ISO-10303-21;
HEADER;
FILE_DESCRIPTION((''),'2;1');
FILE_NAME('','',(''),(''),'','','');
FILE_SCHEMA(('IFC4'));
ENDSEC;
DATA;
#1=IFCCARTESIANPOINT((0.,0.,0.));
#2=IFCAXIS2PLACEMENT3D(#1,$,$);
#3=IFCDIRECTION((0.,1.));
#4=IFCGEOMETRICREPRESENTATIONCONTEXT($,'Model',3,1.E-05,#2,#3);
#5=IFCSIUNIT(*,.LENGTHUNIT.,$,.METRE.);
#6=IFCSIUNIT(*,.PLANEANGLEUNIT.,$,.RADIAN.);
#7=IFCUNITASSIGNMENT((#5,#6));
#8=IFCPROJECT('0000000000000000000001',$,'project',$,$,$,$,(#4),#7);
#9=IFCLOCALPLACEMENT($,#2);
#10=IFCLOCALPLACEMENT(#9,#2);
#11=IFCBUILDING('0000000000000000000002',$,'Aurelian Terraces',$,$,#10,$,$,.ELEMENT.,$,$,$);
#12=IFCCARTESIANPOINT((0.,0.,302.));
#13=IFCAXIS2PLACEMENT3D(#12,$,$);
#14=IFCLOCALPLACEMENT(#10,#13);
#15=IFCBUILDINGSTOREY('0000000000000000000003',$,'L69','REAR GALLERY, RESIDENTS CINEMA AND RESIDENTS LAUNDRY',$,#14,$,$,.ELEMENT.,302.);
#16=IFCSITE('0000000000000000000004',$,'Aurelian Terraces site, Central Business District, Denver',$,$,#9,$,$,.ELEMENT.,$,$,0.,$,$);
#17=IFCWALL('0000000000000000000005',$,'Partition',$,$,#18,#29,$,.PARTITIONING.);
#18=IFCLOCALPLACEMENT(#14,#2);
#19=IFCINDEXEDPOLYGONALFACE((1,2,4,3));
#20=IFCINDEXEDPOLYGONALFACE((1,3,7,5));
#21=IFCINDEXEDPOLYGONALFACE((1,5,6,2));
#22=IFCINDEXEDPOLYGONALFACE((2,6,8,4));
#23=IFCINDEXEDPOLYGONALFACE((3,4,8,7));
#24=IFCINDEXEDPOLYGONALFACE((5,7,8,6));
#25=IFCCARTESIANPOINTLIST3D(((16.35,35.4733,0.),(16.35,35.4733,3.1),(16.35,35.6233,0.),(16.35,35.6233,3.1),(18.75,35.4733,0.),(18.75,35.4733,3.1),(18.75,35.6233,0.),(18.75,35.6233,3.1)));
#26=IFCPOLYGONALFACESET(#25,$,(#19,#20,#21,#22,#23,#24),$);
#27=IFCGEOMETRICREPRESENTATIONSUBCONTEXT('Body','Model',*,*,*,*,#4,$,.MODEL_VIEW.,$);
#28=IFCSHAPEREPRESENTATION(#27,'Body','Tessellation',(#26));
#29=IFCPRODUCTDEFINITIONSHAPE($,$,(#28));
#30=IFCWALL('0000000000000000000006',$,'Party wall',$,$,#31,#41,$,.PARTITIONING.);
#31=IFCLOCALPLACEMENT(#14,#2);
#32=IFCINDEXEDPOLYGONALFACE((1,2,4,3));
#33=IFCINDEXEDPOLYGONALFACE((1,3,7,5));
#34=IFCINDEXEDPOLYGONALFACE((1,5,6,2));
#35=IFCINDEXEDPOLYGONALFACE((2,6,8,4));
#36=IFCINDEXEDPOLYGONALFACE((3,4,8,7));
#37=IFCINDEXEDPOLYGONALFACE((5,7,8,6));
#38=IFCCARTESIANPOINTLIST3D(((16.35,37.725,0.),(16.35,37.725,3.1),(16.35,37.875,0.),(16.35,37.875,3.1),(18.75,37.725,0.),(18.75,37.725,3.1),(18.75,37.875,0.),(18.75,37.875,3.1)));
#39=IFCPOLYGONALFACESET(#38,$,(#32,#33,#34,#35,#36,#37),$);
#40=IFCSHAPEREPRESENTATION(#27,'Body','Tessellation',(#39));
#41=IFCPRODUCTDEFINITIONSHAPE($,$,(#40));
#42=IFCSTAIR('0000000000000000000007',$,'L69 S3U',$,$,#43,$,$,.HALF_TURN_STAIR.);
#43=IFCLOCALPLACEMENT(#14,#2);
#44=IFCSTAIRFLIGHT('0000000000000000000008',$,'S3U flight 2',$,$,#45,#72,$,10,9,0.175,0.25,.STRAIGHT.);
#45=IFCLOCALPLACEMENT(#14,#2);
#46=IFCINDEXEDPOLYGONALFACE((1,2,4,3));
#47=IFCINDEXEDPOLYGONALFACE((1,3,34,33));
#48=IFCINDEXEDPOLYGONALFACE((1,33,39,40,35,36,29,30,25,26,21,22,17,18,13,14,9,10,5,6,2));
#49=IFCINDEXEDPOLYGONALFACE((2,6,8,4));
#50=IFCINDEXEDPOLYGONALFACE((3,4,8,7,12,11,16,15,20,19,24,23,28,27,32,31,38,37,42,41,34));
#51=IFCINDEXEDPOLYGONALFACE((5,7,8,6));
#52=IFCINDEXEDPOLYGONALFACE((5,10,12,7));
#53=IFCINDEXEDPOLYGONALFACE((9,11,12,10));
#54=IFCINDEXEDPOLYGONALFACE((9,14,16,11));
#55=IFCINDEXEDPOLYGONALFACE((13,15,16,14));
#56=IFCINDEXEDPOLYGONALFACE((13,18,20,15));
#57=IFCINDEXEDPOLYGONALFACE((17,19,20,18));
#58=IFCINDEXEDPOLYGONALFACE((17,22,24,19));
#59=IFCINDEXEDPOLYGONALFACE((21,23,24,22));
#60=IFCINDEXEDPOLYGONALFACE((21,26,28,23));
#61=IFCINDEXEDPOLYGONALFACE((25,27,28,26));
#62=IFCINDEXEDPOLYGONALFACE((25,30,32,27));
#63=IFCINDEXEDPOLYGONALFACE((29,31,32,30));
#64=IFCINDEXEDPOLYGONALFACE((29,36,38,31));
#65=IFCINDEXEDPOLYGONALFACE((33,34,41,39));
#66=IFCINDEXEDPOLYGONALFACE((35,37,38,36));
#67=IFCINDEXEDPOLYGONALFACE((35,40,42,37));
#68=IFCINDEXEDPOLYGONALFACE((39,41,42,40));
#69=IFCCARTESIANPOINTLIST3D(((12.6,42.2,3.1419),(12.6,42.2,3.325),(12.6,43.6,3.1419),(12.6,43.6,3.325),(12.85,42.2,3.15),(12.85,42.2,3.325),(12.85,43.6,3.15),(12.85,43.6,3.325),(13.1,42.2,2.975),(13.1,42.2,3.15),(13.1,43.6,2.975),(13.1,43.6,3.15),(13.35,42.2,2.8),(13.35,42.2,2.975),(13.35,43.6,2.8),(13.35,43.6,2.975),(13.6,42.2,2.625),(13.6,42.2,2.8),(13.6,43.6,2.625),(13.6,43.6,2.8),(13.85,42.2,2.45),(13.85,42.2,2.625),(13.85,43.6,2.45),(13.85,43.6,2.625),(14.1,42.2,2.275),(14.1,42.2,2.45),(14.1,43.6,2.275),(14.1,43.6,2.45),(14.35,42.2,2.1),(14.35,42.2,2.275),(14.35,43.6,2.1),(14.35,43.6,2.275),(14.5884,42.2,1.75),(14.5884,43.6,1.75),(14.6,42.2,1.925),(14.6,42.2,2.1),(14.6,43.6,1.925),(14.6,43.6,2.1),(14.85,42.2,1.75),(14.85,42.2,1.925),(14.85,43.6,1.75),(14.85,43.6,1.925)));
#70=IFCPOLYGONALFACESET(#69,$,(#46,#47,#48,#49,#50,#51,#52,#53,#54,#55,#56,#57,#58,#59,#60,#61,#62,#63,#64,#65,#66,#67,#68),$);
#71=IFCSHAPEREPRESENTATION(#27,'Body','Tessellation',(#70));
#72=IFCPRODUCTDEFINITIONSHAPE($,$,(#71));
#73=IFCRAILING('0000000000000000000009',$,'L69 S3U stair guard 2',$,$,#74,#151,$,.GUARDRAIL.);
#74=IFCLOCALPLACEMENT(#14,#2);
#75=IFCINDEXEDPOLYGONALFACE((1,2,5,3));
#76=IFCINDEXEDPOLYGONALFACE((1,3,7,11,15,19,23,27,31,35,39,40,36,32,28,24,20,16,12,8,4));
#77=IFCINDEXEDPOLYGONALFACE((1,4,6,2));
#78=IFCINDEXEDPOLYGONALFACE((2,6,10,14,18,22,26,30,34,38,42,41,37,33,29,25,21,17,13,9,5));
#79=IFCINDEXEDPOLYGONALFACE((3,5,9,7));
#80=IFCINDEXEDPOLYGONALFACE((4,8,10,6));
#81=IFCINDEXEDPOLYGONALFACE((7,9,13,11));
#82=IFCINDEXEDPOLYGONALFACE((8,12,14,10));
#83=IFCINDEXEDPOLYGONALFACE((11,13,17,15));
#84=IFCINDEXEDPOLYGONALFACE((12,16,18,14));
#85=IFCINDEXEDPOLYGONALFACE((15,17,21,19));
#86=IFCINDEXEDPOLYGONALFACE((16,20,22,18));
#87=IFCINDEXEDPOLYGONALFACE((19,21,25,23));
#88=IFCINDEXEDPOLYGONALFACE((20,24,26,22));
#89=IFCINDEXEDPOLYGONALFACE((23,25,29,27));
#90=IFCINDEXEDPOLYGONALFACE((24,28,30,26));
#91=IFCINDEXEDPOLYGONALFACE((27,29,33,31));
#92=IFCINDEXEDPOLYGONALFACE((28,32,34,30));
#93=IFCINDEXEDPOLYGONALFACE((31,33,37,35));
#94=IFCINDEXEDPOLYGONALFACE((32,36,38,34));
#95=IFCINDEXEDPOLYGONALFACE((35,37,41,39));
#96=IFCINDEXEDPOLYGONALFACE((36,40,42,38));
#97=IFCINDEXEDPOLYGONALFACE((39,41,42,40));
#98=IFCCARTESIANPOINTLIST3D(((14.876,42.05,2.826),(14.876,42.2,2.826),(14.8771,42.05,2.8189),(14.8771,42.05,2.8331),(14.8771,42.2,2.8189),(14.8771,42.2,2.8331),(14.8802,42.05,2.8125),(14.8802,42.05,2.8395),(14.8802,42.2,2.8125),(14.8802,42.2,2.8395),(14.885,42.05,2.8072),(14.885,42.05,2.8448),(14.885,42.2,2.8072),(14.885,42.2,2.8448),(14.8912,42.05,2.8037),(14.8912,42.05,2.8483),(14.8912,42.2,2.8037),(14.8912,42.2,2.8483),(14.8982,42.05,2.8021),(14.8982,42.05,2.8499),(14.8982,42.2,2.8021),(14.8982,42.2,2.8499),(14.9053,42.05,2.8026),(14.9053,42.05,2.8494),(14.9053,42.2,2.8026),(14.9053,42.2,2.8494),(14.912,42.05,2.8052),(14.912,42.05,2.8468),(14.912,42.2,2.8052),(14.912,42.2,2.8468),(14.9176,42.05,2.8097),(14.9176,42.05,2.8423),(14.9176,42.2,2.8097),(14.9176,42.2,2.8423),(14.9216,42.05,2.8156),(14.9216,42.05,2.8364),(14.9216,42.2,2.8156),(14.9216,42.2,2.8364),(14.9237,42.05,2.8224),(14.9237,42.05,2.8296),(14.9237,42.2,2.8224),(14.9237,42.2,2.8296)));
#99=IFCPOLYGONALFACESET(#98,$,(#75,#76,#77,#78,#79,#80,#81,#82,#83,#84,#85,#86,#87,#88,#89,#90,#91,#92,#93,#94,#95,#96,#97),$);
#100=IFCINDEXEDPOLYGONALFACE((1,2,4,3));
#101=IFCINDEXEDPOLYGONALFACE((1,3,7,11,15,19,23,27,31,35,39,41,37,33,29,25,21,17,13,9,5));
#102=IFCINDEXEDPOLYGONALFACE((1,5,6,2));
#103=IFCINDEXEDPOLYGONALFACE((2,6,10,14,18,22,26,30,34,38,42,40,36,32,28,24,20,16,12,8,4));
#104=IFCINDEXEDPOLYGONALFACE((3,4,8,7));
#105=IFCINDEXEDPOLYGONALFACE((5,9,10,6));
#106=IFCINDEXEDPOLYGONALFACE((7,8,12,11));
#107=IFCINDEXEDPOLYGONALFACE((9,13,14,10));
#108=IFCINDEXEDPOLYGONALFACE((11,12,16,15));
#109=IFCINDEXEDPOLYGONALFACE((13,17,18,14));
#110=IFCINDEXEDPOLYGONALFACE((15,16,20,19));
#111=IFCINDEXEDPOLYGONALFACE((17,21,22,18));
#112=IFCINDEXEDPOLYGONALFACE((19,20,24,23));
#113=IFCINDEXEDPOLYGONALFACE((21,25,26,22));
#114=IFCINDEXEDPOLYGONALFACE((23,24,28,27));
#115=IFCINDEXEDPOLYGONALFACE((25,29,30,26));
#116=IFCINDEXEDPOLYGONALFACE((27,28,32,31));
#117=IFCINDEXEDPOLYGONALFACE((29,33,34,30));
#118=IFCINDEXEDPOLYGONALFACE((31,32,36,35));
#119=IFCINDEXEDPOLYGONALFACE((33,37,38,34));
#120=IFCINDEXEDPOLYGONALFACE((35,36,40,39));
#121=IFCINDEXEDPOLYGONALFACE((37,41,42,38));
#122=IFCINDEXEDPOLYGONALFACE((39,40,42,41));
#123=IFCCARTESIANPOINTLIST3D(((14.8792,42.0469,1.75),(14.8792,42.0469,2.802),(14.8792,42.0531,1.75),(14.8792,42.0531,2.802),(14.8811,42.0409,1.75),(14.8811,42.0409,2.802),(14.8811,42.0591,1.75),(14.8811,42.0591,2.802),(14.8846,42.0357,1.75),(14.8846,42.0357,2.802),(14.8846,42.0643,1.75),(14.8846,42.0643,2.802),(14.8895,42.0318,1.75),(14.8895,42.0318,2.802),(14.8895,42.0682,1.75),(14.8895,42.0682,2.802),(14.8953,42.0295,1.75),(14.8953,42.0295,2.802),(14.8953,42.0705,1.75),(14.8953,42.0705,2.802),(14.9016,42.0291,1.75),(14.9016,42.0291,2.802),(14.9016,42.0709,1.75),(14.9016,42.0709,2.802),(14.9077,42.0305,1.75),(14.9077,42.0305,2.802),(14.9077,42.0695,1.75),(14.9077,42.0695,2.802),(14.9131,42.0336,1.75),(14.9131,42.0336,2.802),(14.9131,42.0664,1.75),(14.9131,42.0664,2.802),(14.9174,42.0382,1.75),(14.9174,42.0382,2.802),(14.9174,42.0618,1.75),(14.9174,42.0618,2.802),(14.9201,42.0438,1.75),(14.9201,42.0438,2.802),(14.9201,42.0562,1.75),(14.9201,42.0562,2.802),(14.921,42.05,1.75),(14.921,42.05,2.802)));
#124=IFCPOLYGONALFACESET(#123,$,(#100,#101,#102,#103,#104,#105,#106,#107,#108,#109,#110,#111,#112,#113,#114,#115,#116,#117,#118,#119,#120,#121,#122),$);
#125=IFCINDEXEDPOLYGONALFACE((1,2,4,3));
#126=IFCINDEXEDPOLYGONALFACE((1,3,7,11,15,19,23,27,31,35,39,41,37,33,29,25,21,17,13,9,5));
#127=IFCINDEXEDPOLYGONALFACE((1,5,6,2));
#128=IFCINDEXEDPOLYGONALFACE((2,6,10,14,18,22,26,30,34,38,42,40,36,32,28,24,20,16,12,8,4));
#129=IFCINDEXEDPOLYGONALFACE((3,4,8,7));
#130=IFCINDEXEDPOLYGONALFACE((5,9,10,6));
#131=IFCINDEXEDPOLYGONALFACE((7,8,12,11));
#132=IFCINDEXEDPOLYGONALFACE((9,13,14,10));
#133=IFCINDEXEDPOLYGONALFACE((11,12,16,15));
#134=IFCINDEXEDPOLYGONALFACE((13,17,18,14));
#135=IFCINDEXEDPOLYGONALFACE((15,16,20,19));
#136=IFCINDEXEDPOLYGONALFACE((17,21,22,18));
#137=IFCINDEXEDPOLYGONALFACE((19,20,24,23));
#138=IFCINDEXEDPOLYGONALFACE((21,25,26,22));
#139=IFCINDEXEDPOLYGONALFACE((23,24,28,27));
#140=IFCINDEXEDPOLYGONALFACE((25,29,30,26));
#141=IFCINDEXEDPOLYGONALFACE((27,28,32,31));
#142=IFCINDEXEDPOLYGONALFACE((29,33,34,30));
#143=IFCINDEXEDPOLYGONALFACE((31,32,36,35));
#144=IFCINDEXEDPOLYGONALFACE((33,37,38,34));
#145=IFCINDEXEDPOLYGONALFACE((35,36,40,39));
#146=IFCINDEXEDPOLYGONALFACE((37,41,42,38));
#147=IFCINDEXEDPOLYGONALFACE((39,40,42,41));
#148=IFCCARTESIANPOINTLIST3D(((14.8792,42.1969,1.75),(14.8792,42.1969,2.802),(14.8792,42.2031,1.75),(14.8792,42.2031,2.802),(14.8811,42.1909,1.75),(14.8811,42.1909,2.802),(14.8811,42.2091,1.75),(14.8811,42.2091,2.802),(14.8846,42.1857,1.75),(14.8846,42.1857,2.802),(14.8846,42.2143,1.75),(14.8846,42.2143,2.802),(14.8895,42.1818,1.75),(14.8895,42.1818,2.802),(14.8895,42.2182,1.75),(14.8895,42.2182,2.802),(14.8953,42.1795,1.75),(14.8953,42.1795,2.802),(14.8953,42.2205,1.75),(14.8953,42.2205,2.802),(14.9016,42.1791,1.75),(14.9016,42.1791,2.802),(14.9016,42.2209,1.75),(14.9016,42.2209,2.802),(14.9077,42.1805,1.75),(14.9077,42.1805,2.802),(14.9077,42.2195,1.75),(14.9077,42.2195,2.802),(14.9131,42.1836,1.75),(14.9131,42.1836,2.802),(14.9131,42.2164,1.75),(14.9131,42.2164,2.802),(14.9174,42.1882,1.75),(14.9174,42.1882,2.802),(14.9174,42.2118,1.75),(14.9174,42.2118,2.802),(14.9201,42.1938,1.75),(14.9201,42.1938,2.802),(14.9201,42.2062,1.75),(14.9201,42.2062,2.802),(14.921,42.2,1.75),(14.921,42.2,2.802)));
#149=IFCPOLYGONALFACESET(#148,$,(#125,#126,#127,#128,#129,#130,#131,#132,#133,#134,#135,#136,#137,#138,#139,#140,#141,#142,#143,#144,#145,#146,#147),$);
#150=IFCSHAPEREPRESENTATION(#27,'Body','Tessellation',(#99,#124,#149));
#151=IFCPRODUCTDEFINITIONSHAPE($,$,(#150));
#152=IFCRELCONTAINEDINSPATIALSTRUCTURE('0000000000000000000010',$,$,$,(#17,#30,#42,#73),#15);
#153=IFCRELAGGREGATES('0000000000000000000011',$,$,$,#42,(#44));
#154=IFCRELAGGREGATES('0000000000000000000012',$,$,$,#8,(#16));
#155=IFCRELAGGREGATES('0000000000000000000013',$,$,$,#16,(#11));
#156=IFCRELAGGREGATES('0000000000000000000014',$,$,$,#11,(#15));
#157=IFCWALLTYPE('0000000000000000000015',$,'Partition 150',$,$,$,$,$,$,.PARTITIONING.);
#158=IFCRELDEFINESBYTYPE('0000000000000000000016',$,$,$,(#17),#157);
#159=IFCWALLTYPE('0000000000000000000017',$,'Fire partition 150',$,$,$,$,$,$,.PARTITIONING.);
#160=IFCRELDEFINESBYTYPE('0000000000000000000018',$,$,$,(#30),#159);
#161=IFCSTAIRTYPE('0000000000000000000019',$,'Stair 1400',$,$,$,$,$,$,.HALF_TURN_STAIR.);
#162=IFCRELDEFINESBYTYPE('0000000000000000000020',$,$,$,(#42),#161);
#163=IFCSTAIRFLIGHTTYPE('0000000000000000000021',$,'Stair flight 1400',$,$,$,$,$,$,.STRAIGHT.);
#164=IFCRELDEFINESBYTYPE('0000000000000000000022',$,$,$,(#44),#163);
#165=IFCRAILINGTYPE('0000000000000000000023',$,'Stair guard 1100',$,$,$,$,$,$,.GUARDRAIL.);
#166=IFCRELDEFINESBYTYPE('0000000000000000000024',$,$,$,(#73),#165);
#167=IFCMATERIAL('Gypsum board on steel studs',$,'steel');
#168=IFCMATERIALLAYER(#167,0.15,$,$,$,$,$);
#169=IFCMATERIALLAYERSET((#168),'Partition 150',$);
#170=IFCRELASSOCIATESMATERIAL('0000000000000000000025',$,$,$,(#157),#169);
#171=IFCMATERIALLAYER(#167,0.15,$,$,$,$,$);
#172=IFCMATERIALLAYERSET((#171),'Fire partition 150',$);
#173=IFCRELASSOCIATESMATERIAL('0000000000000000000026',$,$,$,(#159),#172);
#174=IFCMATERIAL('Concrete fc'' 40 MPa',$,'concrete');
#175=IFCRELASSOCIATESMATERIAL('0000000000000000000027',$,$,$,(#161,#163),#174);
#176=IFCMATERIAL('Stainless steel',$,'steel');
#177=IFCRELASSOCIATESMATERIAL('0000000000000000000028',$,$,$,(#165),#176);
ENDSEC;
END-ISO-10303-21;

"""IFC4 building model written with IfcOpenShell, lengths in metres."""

from ifc_helpers import new_model, si_unit, direction, frame, frame_2d, origin, origin_2d, place, context, subcontext, project, spatial, polyline, rectangle, circle, outline, extrude, source, transform, mapped, material, layer, layer_set, type_object, element, aggregate, save


model = new_model("IFC4")

# Units and contexts
model_context = context("Model", 3, precision=1e-05, world=origin(), true_north=direction((0.0, 1.0)))
body_context = subcontext(model_context, "Body", "Model", "MODEL_VIEW")
ifc_project = project(units=[si_unit("LENGTHUNIT", "METRE"), si_unit("PLANEANGLEUNIT", "RADIAN")], contexts=[model_context])

# Site, building, storey
site_placement = place(None, origin())
site = spatial("IfcSite", under=ifc_project, at=site_placement, Name="Aurelian Terraces site, Central Business District, Denver", CompositionType="ELEMENT", RefElevation=0.0)
building_placement = place(site_placement, origin())
building = spatial("IfcBuilding", under=site, at=building_placement, Name="Aurelian Terraces", CompositionType="ELEMENT")
storey_placement = place(building_placement, frame((0.0, 0.0, 302.0)))
storey = spatial("IfcBuildingStorey", under=building, at=storey_placement, Name="L69", Description="REAR GALLERY, RESIDENTS CINEMA AND RESIDENTS LAUNDRY", CompositionType="ELEMENT", Elevation=302.0)

# Shared definitions
ifc_material_1 = material(Name="Concrete fc' 40 MPa", Category="concrete")

# Shared definitions
ifc_material_2 = material(Name="Gypsum board on steel studs", Category="steel")

# Shared definitions
ifc_layer_1 = layer(ifc_material_2, 0.15)
ifc_layer_set_1 = layer_set([ifc_layer_1], Name="Partition 150")
wall_type_1 = type_object("IfcWallType", Name="Partition 150", PredefinedType="PARTITIONING", material=ifc_layer_set_1)

# Shared definitions
ifc_layer_2 = layer(ifc_material_2, 0.15)
ifc_layer_set_2 = layer_set([ifc_layer_2], Name="Fire partition 150")
wall_type_2 = type_object("IfcWallType", Name="Fire partition 150", PredefinedType="PARTITIONING", material=ifc_layer_set_2)

# Walls
shared_shape_1 = source(origin(), body_context, "Body", "SweptSolid", [
    extrude(rectangle(XDim=2.4, YDim=0.15, at=frame_2d((1.2, 0.0))), origin(), (0.0, 0.0, 1.0), 3.1),
])
wall_1_placement = place(storey_placement, frame((18.75, 35.5483, 0.0), z_axis=(0.0, 0.0, 1.0), x_axis=(-1.0, 0.0, 0.0)))
element("IfcWall", 1, at=wall_1_placement, inside=storey, type_object=wall_type_1, Name="Partition", PredefinedType="PARTITIONING", context=body_context, shape_type="MappedRepresentation", body=[
    mapped(shared_shape_1, transform((0.0, 0.0, 0.0), scale=1.0)),
])
wall_2_placement = place(storey_placement, frame((18.75, 37.8, 0.0), z_axis=(0.0, 0.0, 1.0), x_axis=(-1.0, 0.0, 0.0)))
element("IfcWall", 2, at=wall_2_placement, inside=storey, type_object=wall_type_2, Name="Party wall", PredefinedType="PARTITIONING", context=body_context, shape_type="MappedRepresentation", body=[
    mapped(shared_shape_1, transform((0.0, 0.0, 0.0), scale=1.0)),
])

# Stair, stair flight
stair_type = type_object("IfcStairType", Name="Stair 1400", PredefinedType="HALF_TURN_STAIR", material=ifc_material_1)
stair_placement = place(storey_placement, origin())
stair = element("IfcStair", 3, at=stair_placement, inside=storey, type_object=stair_type, Name="L69 S3U", PredefinedType="HALF_TURN_STAIR")
stair_flight_type = type_object("IfcStairFlightType", Name="Stair flight 1400", PredefinedType="STRAIGHT", material=ifc_material_1)
shared_shape_2 = source(origin(), body_context, "Body", "SweptSolid", [
    extrude(outline(polyline([(0.0, 0.0), (0.0, 0.175), (0.25, 0.175), (0.25, 0.35), (0.5, 0.35), (0.5, 0.525), (0.75, 0.525), (0.75, 0.7), (1.0, 0.7), (1.0, 0.875), (1.25, 0.875), (1.25, 1.05), (1.5, 1.05), (1.5, 1.225), (1.75, 1.225), (1.75, 1.4), (2.0, 1.4), (2.0, 1.575), (2.25, 1.575), (2.25, 1.75), (2.25, 1.3919), (0.2616, 0.0), (0.0, 0.0)])), frame((0.0, 0.7, 0.0), z_axis=(0.0, -1.0, 0.0), x_axis=(1.0, 0.0, 0.0)), (0.0, 0.0, 1.0), 1.4),
])
stair_flight_placement = place(storey_placement, frame((14.85, 42.9, 1.75), z_axis=(0.0, 0.0, 1.0), x_axis=(-1.0, 0.0, 0.0)))
stair_flight = element("IfcStairFlight", 4, at=stair_flight_placement, type_object=stair_flight_type, Name="S3U flight 2", NumberOfRisers=10, NumberOfTreads=9, PredefinedType="STRAIGHT", RiserHeight=0.175, TreadLength=0.25, context=body_context, shape_type="MappedRepresentation", body=[
    mapped(shared_shape_2, transform((0.0, 0.0, 0.0), scale=1.0)),
])
aggregate(stair, [stair_flight])

# Railing
ifc_material_3 = material(Name="Stainless steel", Category="steel")
railing_type_1 = type_object("IfcRailingType", Name="Stair guard 1100", PredefinedType="GUARDRAIL", material=ifc_material_3)
shared_shape_3 = source(origin(), body_context, "Body", "SweptSolid", [
    extrude(circle(Radius=0.024, at=origin_2d()), frame((0.0, 0.0, 1.076), z_axis=(0.0, 1.0, 0.0), x_axis=(-1.0, 0.0, 0.0)), (0.0, 0.0, 1.0), 0.15),
    extrude(circle(Radius=0.021, at=origin_2d()), origin(), (0.0, 0.0, 1.0), 1.052),
    extrude(circle(Radius=0.021, at=origin_2d()), frame((0.0, 0.15, 0.0)), (0.0, 0.0, 1.0), 1.052),
])
railing_1_placement = place(storey_placement, frame((14.9, 42.05, 1.75)))
element("IfcRailing", 5, at=railing_1_placement, inside=storey, type_object=railing_type_1, Name="L69 S3U stair guard 2", PredefinedType="GUARDRAIL", context=body_context, shape_type="MappedRepresentation", body=[
    mapped(shared_shape_3, transform((0.0, 0.0, 0.0), scale=1.0)),
])

save(model, "model.ifc")
